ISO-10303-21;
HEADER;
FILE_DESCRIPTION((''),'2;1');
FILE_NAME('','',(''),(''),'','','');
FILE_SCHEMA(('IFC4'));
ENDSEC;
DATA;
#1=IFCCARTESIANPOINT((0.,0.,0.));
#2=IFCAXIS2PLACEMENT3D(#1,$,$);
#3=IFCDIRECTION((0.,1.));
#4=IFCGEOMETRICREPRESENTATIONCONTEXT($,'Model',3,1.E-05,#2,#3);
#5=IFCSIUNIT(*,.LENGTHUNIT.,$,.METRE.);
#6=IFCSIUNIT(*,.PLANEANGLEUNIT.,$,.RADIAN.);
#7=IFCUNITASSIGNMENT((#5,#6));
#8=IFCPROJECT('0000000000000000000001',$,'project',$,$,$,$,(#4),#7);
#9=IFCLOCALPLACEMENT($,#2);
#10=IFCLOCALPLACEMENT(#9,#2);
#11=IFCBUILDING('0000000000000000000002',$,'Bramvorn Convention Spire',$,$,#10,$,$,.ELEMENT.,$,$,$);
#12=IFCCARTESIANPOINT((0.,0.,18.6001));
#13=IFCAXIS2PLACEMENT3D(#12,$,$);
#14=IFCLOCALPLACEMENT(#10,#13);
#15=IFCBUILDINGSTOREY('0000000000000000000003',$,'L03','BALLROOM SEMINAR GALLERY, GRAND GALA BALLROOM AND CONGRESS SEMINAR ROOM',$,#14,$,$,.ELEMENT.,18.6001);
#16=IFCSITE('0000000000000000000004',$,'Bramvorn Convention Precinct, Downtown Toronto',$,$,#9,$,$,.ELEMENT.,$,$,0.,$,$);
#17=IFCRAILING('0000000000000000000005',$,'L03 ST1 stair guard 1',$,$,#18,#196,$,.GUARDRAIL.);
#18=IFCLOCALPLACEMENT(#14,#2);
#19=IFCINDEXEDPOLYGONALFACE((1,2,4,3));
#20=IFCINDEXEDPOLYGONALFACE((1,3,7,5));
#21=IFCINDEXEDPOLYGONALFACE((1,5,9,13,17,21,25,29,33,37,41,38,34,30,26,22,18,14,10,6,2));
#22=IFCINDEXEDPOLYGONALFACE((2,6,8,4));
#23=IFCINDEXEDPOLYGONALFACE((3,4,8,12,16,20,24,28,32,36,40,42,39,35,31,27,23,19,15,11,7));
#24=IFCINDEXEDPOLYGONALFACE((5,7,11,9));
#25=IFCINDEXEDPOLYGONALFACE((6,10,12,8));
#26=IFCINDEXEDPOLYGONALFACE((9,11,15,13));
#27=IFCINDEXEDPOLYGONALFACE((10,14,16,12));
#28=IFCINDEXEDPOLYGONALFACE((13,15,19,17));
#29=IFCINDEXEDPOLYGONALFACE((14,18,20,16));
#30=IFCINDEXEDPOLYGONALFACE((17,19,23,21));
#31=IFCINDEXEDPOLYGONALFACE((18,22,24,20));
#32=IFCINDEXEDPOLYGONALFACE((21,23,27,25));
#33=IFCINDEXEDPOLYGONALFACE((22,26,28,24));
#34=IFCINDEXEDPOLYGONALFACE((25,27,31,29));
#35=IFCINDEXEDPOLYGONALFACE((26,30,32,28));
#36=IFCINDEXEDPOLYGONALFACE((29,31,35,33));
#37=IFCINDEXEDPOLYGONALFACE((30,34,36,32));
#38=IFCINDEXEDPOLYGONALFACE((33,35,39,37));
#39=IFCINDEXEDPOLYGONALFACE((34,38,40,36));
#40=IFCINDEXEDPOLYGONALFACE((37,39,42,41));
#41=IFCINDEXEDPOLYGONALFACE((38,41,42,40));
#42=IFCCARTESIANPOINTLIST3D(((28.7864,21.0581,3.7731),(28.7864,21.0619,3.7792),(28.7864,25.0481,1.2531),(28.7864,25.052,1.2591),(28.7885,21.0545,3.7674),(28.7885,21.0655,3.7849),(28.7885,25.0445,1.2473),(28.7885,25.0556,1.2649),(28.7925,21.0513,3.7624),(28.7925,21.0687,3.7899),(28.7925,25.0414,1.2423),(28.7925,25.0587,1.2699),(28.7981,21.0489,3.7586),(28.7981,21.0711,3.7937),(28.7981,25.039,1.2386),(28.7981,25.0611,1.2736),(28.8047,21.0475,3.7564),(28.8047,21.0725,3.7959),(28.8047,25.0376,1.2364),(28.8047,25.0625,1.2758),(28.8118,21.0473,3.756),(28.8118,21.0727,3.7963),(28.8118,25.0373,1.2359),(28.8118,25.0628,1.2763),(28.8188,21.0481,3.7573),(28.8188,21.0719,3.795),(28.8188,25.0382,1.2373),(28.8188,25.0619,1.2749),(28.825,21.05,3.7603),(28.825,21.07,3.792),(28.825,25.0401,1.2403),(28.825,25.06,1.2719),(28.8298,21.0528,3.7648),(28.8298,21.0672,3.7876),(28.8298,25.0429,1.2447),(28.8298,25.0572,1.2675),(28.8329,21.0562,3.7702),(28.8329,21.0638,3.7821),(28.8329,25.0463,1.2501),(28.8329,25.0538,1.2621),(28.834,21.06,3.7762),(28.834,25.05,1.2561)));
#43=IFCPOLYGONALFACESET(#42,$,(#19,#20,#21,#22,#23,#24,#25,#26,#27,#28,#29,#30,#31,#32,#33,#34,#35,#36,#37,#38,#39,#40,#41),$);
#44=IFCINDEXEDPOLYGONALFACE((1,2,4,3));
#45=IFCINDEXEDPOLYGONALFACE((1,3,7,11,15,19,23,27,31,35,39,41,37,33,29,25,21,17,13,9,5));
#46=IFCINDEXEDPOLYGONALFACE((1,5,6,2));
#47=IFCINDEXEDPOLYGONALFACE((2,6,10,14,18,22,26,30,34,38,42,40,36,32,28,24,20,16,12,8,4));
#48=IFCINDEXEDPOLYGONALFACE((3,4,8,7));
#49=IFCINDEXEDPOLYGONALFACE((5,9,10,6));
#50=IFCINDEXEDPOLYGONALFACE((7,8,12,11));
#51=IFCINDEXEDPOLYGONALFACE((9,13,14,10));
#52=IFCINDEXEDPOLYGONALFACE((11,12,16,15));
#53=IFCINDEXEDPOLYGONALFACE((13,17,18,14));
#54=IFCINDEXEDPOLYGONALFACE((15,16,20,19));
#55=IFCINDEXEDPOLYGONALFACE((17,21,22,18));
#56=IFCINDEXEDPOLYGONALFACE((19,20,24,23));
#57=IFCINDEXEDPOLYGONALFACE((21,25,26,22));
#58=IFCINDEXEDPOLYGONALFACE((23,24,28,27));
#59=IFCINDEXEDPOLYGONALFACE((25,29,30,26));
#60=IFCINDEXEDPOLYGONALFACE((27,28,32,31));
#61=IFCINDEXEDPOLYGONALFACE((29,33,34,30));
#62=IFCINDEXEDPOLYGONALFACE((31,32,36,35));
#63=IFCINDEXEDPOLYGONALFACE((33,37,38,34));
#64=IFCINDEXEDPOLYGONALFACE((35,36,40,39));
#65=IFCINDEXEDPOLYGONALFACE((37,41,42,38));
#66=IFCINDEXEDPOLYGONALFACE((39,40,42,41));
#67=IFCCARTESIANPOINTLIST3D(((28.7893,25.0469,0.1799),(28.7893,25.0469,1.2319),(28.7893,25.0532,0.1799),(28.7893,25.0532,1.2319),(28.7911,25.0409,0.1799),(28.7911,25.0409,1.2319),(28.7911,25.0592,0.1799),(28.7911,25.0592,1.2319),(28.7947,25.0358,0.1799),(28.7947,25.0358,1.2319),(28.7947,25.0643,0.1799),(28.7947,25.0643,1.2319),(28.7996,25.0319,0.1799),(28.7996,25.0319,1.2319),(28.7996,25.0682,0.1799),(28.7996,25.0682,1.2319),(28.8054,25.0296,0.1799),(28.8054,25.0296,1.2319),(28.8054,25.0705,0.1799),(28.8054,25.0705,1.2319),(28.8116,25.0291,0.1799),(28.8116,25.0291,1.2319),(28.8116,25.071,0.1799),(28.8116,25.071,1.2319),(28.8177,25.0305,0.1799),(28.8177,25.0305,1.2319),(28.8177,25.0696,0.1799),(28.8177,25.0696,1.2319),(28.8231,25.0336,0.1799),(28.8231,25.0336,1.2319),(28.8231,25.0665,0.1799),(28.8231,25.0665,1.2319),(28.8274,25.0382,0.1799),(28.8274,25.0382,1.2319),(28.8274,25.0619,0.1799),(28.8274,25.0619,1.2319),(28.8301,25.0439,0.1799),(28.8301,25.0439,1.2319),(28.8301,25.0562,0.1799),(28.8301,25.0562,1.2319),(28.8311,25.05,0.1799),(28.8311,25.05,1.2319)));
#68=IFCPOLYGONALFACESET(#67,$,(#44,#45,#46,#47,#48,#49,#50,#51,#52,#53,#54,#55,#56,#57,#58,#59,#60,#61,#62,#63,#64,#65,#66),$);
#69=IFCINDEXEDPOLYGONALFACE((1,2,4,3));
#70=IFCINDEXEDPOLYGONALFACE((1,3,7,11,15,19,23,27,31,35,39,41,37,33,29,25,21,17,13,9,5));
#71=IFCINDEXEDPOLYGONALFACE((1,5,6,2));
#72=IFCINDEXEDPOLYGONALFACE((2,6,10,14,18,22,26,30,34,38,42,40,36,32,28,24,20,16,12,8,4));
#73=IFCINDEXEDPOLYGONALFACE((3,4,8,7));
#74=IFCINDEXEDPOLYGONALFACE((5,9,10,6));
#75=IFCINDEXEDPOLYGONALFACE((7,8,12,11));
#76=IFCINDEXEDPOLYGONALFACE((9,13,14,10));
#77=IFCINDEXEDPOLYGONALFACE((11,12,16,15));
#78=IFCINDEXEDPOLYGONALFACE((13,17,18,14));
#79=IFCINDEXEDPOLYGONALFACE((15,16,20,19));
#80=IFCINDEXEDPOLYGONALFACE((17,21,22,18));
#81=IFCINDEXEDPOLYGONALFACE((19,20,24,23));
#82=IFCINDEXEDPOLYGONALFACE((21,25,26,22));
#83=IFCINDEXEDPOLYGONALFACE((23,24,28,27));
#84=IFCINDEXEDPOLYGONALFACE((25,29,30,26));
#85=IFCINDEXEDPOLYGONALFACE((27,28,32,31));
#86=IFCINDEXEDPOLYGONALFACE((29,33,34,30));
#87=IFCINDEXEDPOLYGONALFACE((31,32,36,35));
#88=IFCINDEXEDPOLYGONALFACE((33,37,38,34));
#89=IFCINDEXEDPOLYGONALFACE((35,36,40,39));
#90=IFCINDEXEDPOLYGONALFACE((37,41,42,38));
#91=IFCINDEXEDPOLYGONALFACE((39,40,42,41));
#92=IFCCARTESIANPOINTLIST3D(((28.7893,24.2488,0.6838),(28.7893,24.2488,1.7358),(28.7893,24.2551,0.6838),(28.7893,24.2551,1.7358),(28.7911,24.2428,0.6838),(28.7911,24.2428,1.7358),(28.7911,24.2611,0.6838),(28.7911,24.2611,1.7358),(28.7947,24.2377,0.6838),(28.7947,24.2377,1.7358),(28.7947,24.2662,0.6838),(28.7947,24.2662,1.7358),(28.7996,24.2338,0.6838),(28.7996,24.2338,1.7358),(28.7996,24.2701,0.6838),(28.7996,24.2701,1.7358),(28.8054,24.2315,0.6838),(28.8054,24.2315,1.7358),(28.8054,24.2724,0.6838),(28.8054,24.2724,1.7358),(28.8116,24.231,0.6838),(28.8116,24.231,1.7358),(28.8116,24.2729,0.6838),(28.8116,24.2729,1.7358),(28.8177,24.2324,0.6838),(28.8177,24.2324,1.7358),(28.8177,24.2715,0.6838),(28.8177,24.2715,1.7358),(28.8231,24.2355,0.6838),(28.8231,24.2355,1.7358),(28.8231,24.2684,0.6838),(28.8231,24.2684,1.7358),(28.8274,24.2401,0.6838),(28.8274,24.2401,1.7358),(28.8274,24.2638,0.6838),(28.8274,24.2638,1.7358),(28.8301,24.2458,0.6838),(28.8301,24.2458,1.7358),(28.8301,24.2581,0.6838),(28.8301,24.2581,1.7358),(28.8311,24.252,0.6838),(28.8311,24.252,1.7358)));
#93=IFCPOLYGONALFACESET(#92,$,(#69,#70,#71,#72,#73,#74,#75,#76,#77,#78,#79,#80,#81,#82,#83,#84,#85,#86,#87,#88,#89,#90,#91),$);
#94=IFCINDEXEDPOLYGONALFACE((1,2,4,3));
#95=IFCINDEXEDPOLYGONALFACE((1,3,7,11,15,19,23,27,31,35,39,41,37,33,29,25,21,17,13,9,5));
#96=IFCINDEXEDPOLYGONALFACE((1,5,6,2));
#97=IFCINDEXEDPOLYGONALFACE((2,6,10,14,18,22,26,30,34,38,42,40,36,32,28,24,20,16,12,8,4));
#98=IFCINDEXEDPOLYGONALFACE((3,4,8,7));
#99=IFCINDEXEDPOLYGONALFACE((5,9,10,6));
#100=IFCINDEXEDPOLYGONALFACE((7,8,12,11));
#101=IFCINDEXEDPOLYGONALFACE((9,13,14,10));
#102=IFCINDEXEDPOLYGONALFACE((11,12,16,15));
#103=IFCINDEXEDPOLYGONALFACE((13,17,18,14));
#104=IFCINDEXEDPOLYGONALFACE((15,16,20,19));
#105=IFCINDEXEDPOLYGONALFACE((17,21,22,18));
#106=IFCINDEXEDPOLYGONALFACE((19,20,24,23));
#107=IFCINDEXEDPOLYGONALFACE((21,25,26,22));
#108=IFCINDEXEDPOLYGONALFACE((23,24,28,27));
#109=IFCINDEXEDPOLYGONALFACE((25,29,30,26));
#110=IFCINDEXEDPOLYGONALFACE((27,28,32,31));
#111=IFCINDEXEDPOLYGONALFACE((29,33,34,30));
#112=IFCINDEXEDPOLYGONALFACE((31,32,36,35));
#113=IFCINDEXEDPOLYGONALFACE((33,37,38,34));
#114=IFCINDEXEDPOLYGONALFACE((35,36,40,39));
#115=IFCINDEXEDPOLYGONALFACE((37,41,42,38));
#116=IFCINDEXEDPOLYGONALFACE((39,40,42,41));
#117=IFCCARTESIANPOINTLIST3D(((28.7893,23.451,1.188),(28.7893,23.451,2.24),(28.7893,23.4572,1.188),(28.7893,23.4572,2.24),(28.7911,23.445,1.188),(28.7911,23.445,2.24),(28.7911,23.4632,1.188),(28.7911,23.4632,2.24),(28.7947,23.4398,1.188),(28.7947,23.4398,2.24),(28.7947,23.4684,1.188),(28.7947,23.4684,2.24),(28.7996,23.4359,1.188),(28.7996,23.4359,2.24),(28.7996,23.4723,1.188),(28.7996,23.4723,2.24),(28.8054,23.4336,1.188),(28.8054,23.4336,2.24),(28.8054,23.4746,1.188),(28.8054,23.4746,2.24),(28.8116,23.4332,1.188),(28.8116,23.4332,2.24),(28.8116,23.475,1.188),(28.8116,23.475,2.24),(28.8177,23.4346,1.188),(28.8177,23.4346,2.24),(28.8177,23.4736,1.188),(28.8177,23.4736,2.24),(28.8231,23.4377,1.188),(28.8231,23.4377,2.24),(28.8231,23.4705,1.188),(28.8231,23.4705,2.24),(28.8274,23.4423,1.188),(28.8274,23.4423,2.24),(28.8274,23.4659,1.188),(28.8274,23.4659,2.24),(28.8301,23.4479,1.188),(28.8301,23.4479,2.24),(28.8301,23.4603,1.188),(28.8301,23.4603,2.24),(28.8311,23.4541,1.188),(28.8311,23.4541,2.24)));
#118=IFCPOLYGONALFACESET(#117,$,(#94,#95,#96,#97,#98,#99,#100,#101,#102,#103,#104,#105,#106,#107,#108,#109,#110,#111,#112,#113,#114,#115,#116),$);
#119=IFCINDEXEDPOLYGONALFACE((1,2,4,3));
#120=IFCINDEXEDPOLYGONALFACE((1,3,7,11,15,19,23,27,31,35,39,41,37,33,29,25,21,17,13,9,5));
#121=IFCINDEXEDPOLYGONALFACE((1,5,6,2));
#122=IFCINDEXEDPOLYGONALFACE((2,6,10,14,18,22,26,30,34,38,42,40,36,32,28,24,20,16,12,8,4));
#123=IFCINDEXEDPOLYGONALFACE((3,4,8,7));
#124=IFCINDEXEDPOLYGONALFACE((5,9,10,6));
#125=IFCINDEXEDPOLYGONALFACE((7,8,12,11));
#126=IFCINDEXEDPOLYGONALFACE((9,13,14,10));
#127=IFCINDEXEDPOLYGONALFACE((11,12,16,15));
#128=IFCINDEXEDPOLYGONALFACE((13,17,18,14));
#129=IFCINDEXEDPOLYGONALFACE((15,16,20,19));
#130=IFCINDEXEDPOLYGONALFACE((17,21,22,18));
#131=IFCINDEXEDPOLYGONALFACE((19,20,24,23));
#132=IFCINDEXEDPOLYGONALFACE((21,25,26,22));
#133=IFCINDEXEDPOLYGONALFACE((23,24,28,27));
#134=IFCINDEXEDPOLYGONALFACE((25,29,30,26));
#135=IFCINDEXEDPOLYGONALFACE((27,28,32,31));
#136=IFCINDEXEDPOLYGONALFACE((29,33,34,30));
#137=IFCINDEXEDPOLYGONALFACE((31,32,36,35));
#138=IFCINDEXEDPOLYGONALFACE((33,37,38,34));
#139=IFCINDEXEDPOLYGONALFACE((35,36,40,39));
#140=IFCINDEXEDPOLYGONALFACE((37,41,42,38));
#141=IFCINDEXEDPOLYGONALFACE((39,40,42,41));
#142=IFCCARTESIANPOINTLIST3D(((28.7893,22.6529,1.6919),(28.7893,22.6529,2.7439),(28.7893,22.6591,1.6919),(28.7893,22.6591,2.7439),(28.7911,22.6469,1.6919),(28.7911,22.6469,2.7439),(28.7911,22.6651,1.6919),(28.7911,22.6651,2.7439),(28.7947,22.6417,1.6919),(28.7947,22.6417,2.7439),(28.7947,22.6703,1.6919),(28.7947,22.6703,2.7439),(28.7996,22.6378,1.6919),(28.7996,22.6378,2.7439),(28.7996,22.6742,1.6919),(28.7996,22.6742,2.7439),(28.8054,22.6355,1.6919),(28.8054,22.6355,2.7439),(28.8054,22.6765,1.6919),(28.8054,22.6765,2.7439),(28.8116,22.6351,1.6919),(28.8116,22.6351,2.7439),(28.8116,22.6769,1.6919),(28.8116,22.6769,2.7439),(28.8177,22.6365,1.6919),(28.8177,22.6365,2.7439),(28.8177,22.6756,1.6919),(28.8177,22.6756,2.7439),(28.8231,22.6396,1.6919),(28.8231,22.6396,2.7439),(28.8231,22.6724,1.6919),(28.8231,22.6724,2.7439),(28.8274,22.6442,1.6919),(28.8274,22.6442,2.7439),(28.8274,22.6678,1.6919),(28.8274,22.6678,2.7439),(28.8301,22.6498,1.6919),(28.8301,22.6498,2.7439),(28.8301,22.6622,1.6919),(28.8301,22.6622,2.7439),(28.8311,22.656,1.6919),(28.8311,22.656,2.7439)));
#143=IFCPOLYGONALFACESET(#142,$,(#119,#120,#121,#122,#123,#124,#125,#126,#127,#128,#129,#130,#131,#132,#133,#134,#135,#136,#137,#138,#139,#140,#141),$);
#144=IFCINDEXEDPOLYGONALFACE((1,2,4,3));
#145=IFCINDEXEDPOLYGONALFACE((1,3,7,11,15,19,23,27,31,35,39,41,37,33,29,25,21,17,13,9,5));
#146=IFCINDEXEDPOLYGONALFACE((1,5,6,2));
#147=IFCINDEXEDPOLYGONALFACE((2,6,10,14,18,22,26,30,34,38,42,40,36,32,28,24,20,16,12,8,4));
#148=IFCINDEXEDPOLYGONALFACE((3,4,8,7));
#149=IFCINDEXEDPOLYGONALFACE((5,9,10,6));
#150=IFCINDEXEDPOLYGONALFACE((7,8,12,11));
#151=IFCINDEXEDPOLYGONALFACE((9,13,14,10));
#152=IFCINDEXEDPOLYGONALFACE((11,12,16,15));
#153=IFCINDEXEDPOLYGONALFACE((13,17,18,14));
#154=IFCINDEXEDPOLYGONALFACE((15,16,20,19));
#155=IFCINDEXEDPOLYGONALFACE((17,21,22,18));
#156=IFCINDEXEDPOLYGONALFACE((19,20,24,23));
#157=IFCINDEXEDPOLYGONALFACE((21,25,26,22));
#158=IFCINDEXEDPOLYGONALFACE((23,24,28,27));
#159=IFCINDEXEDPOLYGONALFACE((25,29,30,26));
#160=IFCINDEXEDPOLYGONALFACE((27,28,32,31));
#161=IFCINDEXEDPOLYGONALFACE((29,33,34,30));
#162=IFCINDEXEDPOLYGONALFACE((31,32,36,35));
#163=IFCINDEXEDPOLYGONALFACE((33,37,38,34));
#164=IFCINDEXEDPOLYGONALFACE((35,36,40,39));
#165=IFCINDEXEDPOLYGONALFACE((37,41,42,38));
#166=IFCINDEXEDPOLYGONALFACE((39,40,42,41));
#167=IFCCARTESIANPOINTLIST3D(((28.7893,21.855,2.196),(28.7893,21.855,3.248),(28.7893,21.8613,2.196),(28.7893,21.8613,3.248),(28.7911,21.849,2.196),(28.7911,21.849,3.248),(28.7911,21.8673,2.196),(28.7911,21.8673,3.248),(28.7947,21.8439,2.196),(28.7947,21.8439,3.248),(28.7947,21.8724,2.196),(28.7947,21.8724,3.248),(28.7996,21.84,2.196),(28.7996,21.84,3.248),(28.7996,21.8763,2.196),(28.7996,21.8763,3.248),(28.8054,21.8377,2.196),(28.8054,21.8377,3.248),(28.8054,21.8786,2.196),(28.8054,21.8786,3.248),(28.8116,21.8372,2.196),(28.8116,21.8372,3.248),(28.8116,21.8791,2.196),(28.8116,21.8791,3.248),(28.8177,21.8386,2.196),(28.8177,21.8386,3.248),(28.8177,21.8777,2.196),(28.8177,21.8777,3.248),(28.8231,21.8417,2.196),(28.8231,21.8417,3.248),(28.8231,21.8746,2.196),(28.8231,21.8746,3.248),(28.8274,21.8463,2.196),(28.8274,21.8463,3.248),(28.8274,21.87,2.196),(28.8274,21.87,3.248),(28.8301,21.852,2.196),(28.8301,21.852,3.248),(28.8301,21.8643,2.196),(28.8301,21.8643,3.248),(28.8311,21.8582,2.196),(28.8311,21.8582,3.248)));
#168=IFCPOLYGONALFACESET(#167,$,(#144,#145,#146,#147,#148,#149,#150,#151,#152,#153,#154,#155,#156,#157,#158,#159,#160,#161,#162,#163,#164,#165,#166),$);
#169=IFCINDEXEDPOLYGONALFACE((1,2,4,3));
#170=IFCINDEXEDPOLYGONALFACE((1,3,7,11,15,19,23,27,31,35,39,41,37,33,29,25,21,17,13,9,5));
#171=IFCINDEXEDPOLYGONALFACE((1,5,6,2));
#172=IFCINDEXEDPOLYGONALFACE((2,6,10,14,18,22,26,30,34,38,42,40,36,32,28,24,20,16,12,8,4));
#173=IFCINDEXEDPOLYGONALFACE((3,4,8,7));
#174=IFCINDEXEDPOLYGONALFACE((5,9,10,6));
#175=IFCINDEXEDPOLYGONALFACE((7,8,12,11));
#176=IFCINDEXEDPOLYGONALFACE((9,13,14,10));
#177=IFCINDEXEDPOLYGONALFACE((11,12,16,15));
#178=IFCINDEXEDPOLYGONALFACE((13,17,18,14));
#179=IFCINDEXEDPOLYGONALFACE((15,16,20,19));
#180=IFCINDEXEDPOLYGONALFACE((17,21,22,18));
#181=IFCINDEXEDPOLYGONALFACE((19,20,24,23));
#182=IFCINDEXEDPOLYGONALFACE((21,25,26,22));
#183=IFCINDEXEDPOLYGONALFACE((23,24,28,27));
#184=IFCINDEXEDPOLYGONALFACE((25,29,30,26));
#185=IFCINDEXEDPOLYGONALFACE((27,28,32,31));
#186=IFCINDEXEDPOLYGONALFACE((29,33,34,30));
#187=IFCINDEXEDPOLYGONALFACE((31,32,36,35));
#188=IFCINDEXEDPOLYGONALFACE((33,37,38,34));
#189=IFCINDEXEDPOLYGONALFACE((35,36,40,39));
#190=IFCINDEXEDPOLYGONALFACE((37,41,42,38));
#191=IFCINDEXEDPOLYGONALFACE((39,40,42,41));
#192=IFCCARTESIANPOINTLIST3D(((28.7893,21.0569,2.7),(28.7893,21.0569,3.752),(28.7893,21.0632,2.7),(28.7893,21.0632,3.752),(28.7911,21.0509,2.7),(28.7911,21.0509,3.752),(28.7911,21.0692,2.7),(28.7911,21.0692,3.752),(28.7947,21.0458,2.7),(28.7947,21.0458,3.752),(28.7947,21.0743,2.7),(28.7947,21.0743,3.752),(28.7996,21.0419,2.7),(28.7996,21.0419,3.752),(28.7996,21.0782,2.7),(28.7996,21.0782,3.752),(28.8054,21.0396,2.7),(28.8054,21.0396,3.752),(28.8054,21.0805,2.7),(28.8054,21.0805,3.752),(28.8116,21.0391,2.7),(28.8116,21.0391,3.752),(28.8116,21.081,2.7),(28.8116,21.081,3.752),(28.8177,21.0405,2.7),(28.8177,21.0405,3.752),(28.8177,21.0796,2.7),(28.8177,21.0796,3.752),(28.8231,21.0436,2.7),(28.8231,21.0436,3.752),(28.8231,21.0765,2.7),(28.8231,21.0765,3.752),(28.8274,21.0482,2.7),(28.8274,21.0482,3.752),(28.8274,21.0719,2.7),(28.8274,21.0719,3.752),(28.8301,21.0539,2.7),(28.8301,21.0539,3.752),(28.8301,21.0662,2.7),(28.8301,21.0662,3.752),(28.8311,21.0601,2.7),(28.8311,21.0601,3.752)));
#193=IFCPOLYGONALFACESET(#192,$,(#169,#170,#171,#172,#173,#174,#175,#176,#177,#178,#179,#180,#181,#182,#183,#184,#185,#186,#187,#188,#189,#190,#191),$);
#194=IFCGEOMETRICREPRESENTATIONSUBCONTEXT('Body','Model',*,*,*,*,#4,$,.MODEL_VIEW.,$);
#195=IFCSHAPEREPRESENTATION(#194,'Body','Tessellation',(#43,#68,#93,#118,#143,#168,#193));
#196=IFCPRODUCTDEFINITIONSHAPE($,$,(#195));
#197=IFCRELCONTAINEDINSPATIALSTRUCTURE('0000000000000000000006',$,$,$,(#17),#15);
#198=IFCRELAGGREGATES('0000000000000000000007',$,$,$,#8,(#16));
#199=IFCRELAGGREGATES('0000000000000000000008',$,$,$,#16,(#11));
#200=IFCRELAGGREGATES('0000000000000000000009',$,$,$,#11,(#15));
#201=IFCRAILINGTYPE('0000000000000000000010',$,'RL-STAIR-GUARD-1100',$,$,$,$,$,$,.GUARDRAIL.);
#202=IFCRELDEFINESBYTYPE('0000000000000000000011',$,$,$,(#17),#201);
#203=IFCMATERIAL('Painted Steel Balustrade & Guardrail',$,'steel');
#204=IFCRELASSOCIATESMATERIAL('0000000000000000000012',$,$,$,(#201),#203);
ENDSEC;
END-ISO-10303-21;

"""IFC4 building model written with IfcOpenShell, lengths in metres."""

from ifc_helpers import new_model, si_unit, direction, frame, origin, origin_2d, place, context, subcontext, project, spatial, circle, extrude, material, type_object, element, save


model = new_model("IFC4")

# Units and contexts
model_context = context("Model", 3, precision=1e-05, world=origin(), true_north=direction((0.0, 1.0)))
body_context = subcontext(model_context, "Body", "Model", "MODEL_VIEW")
ifc_project = project(units=[si_unit("LENGTHUNIT", "METRE"), si_unit("PLANEANGLEUNIT", "RADIAN")], contexts=[model_context])

# Site, building, storey
site_placement = place(None, origin())
site = spatial("IfcSite", under=ifc_project, at=site_placement, Name="Bramvorn Convention Precinct, Downtown Toronto", CompositionType="ELEMENT", RefElevation=0.0)
building_placement = place(site_placement, origin())
building = spatial("IfcBuilding", under=site, at=building_placement, Name="Bramvorn Convention Spire", CompositionType="ELEMENT")
storey_placement = place(building_placement, frame((0.0, 0.0, 18.6001)))
storey = spatial("IfcBuildingStorey", under=building, at=storey_placement, Name="L03", Description="BALLROOM SEMINAR GALLERY, GRAND GALA BALLROOM AND CONGRESS SEMINAR ROOM", CompositionType="ELEMENT", Elevation=18.6001)

# Railing
ifc_material_1 = material(Name="Painted Steel Balustrade & Guardrail", Category="steel")
railing_type_1 = type_object("IfcRailingType", Name="RL-STAIR-GUARD-1100", PredefinedType="GUARDRAIL", material=ifc_material_1)
railing_1_placement = place(storey_placement, frame((28.8101, 25.05, 0.1799)))
element("IfcRailing", 1, at=railing_1_placement, inside=storey, type_object=railing_type_1, Name="L03 ST1 stair guard 1", PredefinedType="GUARDRAIL", context=body_context, shape_type="SweptSolid", body=[
    extrude(circle(Radius=0.0239, at=origin_2d()), frame((0.0, 0.0, 1.0762), z_axis=(0.0, -0.845486, 0.533997), x_axis=(1.0, 0.0, 0.0)), (0.0, 0.0, 1.0), 4.7192),
    extrude(circle(Radius=0.021, at=origin_2d()), origin(), (0.0, 0.0, 1.0), 1.052),
    extrude(circle(Radius=0.021, at=origin_2d()), frame((0.0, -0.7981, 0.5039)), (0.0, 0.0, 1.0), 1.052),
    extrude(circle(Radius=0.021, at=origin_2d()), frame((0.0, -1.5959, 1.0081)), (0.0, 0.0, 1.0), 1.052),
    extrude(circle(Radius=0.021, at=origin_2d()), frame((0.0, -2.394, 1.512)), (0.0, 0.0, 1.0), 1.052),
    extrude(circle(Radius=0.021, at=origin_2d()), frame((0.0, -3.1919, 2.0161)), (0.0, 0.0, 1.0), 1.052),
    extrude(circle(Radius=0.021, at=origin_2d()), frame((0.0, -3.99, 2.52)), (0.0, 0.0, 1.0), 1.052),
])

save(model, "model.ifc")
